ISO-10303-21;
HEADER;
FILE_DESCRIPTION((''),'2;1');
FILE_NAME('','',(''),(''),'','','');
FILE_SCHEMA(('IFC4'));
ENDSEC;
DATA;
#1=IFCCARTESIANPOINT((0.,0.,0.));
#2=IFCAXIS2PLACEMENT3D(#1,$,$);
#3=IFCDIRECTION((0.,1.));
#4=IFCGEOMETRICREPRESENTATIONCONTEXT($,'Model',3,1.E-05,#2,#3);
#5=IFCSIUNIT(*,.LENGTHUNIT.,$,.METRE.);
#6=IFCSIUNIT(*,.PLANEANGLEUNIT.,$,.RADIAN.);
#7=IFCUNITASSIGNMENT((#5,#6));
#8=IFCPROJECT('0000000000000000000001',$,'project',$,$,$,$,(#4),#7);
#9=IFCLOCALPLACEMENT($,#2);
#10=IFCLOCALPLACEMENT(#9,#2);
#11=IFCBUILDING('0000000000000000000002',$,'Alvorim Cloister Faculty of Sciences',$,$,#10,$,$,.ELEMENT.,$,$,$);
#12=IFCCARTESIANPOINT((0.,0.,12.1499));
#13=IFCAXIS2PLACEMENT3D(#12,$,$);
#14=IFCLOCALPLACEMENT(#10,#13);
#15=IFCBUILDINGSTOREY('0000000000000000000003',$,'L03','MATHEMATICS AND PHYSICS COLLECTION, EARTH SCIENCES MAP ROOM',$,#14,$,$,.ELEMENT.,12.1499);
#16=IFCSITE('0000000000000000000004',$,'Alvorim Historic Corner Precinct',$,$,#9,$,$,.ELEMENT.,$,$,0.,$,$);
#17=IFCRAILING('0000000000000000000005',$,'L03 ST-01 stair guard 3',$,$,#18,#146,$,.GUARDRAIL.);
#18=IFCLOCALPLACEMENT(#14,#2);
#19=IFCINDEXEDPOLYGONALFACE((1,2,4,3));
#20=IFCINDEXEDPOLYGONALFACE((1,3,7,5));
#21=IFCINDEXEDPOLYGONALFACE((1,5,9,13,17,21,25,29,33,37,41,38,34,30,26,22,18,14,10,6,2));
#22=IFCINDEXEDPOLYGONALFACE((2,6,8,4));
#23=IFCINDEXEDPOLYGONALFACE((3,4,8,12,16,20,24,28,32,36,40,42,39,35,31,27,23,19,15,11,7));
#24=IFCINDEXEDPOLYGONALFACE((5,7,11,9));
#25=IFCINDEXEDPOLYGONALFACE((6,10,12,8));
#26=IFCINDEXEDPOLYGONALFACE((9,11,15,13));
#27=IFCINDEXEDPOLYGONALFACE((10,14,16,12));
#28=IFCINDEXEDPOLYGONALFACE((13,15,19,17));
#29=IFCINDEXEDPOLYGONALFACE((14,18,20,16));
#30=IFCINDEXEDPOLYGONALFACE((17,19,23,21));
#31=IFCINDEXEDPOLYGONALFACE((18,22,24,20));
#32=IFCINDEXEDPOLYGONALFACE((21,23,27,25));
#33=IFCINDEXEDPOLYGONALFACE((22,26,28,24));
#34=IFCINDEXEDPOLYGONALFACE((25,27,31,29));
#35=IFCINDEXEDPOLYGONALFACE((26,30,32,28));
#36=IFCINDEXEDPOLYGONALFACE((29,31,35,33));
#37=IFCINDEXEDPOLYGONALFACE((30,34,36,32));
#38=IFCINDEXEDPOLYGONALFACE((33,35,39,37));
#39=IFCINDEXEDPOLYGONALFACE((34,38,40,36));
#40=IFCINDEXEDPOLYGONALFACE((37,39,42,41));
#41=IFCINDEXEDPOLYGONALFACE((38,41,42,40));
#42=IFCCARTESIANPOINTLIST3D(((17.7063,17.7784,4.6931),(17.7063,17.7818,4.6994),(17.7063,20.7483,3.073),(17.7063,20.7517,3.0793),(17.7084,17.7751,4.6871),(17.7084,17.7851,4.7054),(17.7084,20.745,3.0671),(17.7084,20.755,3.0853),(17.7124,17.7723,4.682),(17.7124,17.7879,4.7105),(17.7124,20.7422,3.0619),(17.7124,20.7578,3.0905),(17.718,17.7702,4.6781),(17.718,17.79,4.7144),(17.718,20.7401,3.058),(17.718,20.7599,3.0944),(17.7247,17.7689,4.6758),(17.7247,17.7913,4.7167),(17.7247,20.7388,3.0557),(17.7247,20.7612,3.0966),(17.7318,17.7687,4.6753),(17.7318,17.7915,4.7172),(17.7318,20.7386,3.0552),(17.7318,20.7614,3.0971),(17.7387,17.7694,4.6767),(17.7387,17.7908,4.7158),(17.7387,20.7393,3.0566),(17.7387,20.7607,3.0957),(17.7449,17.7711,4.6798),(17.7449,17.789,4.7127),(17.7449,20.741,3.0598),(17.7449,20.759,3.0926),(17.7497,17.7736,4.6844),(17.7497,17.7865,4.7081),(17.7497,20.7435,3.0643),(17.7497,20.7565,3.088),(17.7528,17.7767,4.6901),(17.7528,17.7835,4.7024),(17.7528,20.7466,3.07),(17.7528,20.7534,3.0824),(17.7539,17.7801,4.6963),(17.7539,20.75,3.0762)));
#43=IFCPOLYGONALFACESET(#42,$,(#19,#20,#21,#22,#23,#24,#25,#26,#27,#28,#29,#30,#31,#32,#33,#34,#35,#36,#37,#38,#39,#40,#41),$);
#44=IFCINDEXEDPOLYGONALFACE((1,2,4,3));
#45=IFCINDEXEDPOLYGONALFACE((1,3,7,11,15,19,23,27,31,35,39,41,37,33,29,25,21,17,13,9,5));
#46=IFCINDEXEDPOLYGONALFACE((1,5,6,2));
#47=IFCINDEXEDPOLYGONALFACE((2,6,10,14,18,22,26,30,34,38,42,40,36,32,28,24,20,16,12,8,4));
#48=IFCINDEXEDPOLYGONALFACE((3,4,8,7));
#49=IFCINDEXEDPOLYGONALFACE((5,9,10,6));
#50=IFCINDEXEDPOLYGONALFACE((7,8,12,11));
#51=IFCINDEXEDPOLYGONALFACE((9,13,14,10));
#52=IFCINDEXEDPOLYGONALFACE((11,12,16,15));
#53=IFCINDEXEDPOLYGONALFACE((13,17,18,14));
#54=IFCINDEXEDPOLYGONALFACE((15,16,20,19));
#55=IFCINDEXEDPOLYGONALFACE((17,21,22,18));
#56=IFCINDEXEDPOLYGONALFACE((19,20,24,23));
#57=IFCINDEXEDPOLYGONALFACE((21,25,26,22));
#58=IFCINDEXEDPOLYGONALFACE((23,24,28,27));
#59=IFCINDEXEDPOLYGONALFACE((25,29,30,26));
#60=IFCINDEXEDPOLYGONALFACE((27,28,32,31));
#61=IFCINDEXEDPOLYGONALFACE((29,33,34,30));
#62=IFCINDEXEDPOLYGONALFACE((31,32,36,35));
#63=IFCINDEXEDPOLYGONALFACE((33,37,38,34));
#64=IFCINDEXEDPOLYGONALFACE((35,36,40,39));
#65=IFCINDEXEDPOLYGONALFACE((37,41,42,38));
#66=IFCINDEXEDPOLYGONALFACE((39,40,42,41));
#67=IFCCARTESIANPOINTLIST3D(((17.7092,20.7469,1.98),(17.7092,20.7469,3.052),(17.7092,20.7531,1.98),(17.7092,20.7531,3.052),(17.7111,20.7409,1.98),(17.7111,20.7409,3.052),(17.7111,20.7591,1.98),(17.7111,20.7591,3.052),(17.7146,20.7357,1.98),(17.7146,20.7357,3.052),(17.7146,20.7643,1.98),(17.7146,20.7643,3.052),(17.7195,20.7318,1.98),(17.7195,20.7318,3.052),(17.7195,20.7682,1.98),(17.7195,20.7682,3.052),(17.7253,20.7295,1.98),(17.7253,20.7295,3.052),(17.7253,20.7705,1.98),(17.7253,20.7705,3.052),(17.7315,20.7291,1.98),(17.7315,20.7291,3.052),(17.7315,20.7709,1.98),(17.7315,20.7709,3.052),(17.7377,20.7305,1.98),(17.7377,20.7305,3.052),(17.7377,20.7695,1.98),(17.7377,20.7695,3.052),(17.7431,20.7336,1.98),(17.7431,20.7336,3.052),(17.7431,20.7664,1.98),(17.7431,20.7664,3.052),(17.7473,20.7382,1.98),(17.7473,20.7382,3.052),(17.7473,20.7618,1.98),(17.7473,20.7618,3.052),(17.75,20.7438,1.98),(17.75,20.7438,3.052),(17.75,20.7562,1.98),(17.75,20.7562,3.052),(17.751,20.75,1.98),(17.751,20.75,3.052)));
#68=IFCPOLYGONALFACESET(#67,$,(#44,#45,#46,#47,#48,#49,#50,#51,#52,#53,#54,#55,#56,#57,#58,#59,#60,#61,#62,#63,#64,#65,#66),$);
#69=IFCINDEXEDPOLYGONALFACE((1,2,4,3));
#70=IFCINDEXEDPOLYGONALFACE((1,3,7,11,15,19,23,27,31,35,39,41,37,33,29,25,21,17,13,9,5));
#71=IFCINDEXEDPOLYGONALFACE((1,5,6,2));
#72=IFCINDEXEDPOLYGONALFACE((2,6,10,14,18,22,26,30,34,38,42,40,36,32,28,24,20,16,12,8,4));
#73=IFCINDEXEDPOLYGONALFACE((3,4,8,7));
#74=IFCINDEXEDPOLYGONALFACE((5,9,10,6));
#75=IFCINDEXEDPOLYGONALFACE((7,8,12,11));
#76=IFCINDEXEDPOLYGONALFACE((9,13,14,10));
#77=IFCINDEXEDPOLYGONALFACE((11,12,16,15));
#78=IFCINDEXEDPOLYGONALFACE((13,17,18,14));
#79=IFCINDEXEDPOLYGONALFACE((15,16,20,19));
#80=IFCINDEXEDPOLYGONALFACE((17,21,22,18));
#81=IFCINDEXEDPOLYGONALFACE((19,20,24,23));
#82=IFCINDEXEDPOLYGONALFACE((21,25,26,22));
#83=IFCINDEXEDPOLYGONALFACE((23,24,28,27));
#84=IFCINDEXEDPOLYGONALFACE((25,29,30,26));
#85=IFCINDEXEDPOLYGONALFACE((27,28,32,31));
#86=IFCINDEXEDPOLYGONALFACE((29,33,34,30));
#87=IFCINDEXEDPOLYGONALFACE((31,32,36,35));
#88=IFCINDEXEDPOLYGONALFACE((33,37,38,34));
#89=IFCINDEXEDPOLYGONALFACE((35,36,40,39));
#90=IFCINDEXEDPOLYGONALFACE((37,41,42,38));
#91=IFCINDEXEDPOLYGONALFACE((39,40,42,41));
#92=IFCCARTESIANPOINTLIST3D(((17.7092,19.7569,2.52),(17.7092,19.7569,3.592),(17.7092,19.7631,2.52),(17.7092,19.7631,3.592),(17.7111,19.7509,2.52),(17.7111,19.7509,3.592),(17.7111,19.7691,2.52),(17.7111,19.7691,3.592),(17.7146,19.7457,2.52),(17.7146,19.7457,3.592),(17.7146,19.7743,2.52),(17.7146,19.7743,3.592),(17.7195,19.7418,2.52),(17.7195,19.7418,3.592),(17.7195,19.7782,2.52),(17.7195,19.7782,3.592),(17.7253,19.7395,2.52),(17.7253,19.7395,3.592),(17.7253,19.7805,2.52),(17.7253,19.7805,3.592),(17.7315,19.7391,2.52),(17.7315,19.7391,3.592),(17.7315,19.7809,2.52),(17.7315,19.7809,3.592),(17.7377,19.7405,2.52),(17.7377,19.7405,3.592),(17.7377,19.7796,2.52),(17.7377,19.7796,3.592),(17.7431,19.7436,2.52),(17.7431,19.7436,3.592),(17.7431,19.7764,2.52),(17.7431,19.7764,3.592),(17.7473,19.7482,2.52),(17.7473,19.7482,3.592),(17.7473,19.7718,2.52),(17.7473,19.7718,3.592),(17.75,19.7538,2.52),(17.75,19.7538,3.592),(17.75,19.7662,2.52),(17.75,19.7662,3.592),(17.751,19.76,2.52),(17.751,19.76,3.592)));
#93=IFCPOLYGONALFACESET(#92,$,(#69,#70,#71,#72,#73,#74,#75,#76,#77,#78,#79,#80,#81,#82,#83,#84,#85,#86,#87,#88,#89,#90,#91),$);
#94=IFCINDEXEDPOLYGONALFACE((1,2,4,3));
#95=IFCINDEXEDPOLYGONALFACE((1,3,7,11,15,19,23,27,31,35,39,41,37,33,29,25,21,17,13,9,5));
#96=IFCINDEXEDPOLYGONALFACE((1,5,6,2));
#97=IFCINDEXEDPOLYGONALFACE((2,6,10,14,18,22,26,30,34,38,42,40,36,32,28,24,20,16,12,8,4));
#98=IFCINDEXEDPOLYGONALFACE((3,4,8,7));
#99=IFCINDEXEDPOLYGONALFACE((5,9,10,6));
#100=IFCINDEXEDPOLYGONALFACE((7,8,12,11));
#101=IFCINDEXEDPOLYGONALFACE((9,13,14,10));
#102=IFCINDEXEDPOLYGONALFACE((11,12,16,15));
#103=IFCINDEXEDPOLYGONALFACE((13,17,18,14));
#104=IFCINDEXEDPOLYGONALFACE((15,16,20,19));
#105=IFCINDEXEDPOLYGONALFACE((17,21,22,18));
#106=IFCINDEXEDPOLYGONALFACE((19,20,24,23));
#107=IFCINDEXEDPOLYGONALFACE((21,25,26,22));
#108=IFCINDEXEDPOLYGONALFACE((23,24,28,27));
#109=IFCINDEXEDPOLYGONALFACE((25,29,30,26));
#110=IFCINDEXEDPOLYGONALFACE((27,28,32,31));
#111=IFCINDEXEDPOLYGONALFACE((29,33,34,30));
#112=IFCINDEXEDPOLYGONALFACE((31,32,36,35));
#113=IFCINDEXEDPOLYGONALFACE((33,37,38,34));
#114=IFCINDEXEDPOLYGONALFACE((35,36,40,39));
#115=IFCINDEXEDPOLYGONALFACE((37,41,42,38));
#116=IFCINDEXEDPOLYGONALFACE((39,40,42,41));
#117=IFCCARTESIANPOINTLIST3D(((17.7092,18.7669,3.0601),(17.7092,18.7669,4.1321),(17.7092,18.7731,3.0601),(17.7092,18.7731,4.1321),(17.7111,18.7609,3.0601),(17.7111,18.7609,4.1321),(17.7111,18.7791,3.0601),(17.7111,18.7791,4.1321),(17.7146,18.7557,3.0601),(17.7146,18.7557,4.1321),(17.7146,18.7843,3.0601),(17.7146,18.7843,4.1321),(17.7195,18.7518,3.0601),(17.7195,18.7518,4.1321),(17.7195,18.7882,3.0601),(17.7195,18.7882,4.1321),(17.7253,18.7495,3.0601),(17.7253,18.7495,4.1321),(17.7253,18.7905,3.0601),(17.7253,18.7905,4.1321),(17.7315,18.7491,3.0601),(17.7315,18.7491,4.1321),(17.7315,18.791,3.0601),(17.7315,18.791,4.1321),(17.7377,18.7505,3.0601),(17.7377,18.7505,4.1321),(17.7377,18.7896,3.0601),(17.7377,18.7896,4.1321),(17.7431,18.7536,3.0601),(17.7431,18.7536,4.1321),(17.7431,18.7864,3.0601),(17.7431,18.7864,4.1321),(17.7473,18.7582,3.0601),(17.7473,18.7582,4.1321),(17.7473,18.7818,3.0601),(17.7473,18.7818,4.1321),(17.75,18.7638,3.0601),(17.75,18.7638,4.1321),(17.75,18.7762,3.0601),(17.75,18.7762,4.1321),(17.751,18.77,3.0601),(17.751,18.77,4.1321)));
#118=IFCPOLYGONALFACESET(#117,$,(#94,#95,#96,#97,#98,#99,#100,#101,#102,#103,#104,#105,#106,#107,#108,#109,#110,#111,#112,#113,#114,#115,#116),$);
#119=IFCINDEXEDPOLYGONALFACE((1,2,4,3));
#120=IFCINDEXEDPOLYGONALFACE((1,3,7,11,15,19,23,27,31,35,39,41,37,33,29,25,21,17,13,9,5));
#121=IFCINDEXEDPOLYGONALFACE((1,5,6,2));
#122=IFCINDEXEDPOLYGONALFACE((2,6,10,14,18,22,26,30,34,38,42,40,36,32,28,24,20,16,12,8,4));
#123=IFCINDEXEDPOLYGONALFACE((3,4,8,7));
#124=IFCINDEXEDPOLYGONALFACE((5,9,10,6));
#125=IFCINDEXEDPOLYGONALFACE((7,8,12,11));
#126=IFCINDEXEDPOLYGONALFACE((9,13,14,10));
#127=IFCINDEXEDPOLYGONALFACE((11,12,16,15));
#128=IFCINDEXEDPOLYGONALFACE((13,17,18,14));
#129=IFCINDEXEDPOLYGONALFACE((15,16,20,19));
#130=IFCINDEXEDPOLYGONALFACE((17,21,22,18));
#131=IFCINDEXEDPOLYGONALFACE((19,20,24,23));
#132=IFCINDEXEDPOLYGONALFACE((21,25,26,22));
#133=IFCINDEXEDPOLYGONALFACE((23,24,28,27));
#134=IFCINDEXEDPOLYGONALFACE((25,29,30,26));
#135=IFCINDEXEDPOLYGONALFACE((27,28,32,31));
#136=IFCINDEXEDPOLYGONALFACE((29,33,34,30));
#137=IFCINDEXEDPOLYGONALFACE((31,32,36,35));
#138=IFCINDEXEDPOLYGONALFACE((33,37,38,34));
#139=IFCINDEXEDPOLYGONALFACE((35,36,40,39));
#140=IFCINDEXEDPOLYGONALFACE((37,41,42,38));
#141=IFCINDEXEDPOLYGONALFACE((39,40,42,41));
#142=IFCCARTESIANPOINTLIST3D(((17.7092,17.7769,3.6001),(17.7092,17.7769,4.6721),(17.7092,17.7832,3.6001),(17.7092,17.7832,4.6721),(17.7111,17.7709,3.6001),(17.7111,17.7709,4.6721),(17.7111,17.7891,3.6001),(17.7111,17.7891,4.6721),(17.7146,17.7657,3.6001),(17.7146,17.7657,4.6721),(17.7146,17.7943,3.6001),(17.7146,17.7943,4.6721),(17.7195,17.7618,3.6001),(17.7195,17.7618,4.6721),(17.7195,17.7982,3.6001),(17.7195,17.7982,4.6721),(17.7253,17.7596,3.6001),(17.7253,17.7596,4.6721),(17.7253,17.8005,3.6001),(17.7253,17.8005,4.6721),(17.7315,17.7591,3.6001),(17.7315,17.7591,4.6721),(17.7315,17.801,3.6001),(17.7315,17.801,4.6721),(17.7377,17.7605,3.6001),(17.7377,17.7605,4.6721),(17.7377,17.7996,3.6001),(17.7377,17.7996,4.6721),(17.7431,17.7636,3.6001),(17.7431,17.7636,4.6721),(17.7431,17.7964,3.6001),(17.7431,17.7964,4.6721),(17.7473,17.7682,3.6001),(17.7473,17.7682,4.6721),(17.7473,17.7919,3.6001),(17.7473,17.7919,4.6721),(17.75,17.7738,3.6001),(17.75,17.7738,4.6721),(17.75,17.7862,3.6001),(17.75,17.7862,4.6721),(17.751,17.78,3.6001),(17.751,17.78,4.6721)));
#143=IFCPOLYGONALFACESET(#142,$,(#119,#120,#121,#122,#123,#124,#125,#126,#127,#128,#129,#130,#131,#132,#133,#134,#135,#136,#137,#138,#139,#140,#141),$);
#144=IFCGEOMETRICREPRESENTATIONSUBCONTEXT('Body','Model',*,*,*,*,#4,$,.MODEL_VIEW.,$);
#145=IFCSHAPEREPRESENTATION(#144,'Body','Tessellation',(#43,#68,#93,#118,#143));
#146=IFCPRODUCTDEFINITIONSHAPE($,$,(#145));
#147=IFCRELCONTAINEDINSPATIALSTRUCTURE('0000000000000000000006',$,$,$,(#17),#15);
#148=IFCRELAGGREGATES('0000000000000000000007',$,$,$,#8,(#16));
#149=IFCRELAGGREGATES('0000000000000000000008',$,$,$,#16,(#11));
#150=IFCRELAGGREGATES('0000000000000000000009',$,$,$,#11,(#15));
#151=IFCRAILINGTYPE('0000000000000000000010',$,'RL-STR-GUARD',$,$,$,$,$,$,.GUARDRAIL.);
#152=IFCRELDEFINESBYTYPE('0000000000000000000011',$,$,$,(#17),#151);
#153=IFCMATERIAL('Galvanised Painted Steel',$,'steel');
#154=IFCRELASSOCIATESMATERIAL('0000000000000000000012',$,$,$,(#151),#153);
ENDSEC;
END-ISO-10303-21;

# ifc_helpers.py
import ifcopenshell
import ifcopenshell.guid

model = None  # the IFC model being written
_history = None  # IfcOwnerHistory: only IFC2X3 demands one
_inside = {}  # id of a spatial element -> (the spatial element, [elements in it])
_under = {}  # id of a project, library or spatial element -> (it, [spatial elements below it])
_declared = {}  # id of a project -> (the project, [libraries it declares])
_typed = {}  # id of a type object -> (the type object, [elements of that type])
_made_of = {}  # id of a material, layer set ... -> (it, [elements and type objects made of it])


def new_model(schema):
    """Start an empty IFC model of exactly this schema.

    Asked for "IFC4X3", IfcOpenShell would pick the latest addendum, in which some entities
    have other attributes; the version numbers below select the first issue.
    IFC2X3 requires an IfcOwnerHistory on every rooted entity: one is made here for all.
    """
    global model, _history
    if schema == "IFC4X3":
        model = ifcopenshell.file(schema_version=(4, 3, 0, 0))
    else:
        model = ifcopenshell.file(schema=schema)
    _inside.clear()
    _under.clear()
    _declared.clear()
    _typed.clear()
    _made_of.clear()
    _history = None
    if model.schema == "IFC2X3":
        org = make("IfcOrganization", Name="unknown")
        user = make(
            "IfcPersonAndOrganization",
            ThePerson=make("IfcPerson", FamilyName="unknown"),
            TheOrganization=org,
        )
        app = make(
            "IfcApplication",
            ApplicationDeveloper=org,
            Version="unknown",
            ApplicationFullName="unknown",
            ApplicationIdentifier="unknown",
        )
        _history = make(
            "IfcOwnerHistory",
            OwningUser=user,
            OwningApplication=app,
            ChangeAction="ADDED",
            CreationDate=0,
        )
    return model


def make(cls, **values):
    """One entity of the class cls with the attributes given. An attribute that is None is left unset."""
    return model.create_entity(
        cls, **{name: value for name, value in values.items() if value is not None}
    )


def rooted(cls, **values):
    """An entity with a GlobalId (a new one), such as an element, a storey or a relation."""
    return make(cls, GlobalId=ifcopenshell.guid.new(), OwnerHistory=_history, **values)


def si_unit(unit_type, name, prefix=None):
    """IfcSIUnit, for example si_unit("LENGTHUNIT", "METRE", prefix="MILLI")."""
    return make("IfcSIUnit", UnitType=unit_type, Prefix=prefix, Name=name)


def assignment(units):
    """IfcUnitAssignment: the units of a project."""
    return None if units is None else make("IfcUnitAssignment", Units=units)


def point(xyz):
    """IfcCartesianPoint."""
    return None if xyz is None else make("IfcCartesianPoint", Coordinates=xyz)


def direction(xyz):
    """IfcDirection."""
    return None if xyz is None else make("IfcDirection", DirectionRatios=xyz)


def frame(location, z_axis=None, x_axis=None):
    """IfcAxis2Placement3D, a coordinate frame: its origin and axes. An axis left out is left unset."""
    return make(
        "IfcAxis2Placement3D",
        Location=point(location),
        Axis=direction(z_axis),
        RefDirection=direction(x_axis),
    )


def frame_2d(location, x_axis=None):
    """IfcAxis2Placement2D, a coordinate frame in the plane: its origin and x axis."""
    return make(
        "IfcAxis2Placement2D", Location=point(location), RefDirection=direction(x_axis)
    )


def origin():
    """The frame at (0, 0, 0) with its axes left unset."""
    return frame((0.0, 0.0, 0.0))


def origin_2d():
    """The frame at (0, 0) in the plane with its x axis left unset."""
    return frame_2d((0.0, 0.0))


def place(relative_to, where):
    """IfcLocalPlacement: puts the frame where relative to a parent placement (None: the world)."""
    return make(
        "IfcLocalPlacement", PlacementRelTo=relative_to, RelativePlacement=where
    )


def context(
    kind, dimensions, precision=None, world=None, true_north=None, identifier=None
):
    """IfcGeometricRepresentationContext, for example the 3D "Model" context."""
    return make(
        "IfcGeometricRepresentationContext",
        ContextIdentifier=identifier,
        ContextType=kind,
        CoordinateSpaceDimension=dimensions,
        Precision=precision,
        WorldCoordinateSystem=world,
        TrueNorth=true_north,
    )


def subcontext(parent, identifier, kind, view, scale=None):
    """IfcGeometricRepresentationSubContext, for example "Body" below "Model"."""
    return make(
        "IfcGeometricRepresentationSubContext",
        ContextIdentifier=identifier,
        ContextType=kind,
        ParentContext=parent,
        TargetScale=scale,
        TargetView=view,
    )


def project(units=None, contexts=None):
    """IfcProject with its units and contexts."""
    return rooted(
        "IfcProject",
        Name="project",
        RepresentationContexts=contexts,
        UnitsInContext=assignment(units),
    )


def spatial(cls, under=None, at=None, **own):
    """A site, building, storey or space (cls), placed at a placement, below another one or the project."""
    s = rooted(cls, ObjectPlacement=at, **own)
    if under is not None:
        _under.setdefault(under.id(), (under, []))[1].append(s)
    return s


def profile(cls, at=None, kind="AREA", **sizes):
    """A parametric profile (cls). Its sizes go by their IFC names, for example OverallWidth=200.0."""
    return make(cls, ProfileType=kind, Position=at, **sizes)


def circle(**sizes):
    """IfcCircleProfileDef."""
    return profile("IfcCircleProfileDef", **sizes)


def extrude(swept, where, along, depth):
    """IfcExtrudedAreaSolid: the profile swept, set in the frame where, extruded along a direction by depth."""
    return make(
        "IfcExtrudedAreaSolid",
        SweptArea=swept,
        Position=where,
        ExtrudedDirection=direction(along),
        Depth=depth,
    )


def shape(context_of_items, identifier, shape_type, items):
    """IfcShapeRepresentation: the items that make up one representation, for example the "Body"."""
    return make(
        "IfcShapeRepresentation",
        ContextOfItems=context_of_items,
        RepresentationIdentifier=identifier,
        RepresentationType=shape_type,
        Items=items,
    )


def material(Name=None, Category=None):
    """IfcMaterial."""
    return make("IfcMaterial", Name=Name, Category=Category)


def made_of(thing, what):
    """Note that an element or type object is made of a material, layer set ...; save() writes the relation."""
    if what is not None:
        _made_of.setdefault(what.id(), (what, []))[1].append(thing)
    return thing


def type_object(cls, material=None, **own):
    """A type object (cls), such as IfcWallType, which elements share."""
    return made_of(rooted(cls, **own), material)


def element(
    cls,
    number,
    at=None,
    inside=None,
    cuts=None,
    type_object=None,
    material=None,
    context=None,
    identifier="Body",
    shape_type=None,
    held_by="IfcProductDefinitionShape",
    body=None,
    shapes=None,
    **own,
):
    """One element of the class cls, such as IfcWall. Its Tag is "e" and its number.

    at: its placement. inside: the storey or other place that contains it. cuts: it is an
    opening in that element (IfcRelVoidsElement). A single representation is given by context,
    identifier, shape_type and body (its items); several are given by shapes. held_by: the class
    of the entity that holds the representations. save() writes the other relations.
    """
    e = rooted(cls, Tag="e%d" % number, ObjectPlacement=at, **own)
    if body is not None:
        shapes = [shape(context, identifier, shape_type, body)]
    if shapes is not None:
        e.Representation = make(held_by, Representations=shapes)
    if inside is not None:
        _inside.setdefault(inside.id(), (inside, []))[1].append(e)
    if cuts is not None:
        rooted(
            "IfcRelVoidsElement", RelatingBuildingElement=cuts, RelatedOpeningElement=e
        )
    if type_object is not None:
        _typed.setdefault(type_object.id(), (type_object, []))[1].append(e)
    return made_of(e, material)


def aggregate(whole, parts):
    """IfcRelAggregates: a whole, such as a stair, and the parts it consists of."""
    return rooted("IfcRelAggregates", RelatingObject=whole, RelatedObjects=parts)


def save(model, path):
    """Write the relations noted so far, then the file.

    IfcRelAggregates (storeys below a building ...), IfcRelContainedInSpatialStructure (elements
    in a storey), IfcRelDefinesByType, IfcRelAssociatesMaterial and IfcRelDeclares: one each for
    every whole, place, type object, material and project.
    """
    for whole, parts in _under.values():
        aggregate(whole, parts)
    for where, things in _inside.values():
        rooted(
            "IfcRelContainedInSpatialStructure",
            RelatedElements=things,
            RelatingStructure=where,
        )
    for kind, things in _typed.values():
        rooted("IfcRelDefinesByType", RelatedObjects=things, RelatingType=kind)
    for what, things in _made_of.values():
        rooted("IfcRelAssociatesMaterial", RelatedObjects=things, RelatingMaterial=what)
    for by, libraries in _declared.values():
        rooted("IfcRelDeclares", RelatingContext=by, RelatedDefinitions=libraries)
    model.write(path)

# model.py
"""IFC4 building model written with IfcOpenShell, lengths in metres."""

from ifc_helpers import new_model, si_unit, direction, frame, origin, origin_2d, place, context, subcontext, project, spatial, circle, extrude, material, type_object, element, save


model = new_model("IFC4")

# Units and contexts
model_context = context("Model", 3, precision=1e-05, world=origin(), true_north=direction((0.0, 1.0)))
body_context = subcontext(model_context, "Body", "Model", "MODEL_VIEW")
ifc_project = project(units=[si_unit("LENGTHUNIT", "METRE"), si_unit("PLANEANGLEUNIT", "RADIAN")], contexts=[model_context])

# Site, building, storey
site_placement = place(None, origin())
site = spatial("IfcSite", under=ifc_project, at=site_placement, Name="Alvorim Historic Corner Precinct", CompositionType="ELEMENT", RefElevation=0.0)
building_placement = place(site_placement, origin())
building = spatial("IfcBuilding", under=site, at=building_placement, Name="Alvorim Cloister Faculty of Sciences", CompositionType="ELEMENT")
storey_placement = place(building_placement, frame((0.0, 0.0, 12.1499)))
storey = spatial("IfcBuildingStorey", under=building, at=storey_placement, Name="L03", Description="MATHEMATICS AND PHYSICS COLLECTION, EARTH SCIENCES MAP ROOM", CompositionType="ELEMENT", Elevation=12.1499)

# Railing
ifc_material_1 = material(Name="Galvanised Painted Steel", Category="steel")
railing_type_1 = type_object("IfcRailingType", Name="RL-STR-GUARD", PredefinedType="GUARDRAIL", material=ifc_material_1)
railing_1_placement = place(storey_placement, frame((17.73, 20.75, 1.98)))
element("IfcRailing", 1, at=railing_1_placement, inside=storey, type_object=railing_type_1, Name="L03 ST-01 stair guard 3", PredefinedType="GUARDRAIL", context=body_context, shape_type="SweptSolid", body=[
    extrude(circle(Radius=0.0239, at=origin_2d()), frame((0.0, 0.0, 1.0962), z_axis=(0.0, -0.877879, 0.478882), x_axis=(1.0, 0.0, 0.0)), (0.0, 0.0, 1.0), 3.3831),
    extrude(circle(Radius=0.021, at=origin_2d()), origin(), (0.0, 0.0, 1.0), 1.072),
    extrude(circle(Radius=0.021, at=origin_2d()), frame((0.0, -0.99, 0.54)), (0.0, 0.0, 1.0), 1.072),
    extrude(circle(Radius=0.021, at=origin_2d()), frame((0.0, -1.98, 1.0801)), (0.0, 0.0, 1.0), 1.072),
    extrude(circle(Radius=0.021, at=origin_2d()), frame((0.0, -2.97, 1.6201)), (0.0, 0.0, 1.0), 1.072),
])

save(model, "model.ifc")
